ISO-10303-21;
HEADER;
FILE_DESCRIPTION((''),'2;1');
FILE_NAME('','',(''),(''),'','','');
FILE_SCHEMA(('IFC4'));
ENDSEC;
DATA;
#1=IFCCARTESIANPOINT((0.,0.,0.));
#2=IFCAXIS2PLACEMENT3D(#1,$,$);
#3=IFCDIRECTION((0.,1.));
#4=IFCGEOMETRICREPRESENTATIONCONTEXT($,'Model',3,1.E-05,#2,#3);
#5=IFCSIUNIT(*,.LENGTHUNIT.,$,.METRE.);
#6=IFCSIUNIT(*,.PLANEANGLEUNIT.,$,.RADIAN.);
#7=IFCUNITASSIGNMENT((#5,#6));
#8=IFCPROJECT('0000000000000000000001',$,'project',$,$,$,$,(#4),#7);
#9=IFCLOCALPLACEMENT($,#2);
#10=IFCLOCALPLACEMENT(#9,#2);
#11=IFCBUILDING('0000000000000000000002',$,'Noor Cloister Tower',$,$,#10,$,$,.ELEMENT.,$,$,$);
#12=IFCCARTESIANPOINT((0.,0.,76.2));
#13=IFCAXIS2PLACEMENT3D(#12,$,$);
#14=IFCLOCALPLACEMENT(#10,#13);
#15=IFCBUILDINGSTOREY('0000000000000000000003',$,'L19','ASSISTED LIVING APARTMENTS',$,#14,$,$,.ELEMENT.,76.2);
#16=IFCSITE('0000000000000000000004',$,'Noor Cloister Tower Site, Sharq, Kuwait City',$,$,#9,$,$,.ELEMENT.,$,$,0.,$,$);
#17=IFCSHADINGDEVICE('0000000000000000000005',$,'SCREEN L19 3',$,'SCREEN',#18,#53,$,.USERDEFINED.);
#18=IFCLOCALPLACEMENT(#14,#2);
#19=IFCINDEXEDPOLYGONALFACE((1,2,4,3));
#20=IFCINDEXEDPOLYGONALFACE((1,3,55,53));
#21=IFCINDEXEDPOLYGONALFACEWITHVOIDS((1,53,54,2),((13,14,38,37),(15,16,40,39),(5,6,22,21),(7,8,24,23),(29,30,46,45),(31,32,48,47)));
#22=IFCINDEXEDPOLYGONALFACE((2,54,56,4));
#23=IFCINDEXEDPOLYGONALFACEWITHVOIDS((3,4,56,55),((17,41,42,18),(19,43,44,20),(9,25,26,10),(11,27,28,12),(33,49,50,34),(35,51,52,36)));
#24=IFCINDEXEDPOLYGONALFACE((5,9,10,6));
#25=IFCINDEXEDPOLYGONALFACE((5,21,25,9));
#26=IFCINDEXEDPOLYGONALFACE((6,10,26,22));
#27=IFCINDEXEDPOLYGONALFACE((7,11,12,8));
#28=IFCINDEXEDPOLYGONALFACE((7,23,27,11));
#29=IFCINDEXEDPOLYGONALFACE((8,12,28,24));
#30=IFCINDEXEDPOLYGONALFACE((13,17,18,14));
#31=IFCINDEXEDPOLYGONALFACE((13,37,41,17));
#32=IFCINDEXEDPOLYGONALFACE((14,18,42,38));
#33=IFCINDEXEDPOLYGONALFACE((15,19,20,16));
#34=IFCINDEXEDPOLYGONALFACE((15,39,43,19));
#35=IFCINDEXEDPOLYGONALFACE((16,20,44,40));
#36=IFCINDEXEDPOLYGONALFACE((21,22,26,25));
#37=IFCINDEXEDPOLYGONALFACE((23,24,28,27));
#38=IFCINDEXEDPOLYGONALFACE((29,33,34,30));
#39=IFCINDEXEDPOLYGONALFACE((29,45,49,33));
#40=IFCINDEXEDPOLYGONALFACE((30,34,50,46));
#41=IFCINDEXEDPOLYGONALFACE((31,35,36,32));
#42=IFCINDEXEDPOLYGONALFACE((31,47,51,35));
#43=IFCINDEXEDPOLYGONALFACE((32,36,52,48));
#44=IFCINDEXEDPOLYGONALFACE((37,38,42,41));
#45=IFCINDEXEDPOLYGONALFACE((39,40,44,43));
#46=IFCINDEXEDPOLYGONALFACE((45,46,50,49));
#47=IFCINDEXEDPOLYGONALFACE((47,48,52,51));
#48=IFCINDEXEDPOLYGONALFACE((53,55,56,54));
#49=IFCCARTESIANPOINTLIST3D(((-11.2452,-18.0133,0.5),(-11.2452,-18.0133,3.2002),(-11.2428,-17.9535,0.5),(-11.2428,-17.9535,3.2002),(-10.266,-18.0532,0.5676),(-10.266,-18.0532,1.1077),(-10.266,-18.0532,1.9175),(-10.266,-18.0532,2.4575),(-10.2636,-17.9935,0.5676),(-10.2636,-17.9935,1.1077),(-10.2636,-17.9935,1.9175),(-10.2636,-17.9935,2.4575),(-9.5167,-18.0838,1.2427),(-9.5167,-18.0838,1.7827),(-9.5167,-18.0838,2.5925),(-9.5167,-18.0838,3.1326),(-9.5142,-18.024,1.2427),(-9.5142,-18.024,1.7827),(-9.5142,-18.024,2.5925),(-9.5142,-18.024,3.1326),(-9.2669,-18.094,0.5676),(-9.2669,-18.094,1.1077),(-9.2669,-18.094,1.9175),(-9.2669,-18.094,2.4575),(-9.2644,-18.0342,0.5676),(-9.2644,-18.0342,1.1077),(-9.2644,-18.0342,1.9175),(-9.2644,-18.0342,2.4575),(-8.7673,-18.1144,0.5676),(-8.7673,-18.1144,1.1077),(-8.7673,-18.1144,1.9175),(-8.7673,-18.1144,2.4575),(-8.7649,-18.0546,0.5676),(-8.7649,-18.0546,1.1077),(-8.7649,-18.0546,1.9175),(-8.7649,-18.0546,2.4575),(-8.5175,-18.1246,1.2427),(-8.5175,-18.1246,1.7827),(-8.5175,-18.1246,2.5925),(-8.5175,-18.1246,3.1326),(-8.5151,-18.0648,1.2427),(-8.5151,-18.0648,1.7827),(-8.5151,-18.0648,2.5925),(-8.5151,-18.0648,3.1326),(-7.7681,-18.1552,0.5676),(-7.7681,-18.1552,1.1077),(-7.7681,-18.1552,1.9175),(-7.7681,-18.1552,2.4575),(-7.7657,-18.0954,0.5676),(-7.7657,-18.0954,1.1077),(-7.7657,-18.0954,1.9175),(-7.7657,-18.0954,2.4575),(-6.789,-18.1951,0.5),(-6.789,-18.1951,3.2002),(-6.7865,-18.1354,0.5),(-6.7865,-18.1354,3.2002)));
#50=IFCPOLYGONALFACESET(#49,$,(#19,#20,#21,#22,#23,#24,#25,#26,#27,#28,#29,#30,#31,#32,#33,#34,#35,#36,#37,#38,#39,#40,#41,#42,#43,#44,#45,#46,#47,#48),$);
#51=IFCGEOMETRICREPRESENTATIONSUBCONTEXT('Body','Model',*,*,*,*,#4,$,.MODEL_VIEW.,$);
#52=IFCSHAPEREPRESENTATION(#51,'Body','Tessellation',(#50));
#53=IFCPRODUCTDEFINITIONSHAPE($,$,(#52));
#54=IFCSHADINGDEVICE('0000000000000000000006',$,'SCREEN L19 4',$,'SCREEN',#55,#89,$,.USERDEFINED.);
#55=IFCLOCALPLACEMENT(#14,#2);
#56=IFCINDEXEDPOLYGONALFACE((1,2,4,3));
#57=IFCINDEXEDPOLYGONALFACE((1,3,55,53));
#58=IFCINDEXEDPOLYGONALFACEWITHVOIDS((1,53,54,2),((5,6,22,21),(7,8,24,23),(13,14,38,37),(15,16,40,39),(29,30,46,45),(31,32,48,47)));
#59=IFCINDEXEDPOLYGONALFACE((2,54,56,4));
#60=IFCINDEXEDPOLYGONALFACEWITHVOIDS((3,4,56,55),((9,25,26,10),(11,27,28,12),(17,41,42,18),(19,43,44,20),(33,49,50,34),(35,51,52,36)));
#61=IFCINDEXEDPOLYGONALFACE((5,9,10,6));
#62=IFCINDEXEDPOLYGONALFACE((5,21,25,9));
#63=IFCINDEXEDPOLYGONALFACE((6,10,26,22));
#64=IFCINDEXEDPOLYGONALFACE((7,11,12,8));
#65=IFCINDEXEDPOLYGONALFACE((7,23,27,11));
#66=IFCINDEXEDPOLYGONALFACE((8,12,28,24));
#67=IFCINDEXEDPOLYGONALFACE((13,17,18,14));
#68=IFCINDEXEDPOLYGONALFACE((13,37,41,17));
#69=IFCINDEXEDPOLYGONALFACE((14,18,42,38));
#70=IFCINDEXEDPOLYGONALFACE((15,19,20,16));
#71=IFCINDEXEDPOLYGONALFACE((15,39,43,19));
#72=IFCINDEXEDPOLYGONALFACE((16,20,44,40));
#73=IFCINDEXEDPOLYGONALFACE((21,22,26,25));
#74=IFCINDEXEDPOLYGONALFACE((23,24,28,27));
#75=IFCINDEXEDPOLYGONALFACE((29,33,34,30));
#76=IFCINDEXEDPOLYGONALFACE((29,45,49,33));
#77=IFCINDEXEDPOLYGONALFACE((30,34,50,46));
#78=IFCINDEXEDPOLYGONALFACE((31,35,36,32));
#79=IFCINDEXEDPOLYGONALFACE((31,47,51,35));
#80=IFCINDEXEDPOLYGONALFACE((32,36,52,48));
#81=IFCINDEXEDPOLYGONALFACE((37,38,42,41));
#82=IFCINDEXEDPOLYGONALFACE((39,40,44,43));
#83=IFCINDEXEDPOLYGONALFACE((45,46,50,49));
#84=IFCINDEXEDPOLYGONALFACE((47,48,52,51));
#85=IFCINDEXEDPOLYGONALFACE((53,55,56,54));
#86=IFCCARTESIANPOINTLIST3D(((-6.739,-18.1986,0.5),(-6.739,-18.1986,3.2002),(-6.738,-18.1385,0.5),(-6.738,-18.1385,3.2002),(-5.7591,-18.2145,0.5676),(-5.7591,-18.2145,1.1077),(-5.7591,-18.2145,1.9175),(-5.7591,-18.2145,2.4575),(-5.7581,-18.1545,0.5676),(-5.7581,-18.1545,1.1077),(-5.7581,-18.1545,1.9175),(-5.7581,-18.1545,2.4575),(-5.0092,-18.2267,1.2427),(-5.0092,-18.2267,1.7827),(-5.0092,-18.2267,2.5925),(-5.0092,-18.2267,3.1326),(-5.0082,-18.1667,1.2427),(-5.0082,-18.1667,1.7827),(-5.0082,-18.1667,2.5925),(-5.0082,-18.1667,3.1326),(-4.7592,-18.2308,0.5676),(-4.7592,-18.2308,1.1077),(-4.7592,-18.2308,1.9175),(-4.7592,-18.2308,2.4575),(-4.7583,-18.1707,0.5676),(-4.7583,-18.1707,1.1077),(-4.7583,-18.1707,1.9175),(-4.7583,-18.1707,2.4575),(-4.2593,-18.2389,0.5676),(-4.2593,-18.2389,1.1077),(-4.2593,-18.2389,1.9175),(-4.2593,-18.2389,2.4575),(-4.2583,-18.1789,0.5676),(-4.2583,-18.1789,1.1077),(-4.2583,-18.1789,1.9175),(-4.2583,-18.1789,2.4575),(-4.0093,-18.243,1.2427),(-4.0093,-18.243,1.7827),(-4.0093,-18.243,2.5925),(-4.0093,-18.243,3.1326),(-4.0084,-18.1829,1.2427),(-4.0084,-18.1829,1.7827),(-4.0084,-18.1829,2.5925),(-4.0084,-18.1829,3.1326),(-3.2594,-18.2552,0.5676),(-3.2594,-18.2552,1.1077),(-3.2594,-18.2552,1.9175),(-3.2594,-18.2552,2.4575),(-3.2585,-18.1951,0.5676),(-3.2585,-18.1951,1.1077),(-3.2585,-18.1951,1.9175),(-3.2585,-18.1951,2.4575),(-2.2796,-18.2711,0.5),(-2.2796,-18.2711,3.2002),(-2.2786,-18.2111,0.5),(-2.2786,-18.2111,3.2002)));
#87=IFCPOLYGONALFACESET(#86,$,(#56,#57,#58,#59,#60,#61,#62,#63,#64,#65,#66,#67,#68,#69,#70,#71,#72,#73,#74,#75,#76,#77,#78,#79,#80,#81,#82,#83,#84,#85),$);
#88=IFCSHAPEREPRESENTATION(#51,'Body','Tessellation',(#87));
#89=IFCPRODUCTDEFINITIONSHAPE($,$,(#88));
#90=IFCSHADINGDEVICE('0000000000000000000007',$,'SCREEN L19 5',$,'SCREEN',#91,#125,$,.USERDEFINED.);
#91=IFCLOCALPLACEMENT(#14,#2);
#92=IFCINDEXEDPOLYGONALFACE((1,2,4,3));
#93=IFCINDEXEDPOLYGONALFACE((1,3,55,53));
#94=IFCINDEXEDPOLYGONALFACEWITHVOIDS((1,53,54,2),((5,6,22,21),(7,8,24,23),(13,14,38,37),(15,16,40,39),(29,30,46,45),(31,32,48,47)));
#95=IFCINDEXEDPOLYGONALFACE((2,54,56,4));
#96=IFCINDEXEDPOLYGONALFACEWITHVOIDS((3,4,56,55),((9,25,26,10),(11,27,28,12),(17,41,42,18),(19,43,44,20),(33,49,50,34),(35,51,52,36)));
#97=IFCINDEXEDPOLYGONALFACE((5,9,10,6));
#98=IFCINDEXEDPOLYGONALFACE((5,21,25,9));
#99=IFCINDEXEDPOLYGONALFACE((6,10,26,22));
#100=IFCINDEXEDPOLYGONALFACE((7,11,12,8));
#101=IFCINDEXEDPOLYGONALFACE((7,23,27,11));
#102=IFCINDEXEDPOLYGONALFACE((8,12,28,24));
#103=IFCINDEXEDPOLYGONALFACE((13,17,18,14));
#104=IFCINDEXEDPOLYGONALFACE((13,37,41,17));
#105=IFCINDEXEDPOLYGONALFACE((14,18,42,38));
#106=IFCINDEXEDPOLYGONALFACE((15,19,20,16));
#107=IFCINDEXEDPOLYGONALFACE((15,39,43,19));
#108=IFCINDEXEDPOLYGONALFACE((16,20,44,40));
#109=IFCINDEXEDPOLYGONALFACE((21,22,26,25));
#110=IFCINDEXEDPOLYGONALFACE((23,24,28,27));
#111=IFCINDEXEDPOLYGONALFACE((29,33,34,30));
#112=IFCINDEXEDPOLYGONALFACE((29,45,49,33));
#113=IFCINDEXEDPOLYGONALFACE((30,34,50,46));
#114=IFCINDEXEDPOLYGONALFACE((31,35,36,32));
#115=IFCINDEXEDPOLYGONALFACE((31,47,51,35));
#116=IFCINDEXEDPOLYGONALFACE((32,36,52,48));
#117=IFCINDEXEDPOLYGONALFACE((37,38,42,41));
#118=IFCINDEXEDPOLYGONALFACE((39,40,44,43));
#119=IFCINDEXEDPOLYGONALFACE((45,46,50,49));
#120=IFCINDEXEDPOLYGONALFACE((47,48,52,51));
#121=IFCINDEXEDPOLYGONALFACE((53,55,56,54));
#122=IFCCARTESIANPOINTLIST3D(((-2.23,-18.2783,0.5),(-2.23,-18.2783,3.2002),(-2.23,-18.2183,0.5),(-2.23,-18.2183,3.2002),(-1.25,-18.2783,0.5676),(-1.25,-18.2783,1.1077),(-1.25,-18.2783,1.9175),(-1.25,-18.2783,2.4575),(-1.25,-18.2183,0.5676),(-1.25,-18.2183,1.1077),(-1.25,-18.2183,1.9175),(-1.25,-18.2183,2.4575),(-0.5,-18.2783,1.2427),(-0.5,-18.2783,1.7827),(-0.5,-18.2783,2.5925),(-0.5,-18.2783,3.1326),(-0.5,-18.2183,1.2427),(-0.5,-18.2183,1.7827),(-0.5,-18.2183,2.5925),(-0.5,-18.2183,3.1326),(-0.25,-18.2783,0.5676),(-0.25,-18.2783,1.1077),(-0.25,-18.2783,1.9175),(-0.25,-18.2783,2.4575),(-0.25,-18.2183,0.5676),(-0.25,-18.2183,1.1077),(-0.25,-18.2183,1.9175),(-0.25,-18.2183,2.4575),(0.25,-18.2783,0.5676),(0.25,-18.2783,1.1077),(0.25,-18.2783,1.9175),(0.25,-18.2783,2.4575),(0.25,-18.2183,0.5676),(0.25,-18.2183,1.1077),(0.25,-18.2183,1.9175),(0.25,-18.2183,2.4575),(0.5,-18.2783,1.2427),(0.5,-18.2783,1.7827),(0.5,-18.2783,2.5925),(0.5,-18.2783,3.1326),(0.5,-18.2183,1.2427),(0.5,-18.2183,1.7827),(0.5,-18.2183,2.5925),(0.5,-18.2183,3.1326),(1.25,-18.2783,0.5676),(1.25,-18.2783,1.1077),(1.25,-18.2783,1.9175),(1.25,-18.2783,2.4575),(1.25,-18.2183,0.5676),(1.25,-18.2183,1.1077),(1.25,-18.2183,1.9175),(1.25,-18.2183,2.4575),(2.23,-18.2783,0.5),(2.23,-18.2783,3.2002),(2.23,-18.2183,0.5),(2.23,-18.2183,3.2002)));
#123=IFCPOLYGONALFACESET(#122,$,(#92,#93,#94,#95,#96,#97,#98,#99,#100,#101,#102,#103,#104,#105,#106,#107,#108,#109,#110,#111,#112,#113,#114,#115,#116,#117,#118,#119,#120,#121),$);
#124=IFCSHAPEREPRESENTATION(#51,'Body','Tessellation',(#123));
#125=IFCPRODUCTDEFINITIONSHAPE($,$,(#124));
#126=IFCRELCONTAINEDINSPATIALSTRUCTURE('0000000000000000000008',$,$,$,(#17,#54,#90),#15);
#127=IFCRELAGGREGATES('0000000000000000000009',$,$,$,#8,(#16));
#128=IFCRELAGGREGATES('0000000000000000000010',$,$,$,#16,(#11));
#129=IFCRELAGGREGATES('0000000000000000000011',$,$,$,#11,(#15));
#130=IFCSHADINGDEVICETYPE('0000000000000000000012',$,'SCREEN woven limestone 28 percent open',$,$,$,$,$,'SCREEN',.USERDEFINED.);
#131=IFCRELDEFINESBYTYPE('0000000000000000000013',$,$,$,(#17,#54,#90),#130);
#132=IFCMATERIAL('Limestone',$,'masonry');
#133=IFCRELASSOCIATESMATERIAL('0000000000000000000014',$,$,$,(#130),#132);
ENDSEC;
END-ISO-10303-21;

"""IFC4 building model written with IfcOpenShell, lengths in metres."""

from ifc_helpers import new_model, si_unit, direction, frame, origin, place, context, subcontext, project, spatial, polyline, outline, extrude, material, material_profile, profile_set, type_object, element, save


model = new_model("IFC4")

# Units and contexts
model_context = context("Model", 3, precision=1e-05, world=origin(), true_north=direction((0.0, 1.0)))
body_context = subcontext(model_context, "Body", "Model", "MODEL_VIEW")
ifc_project = project(units=[si_unit("LENGTHUNIT", "METRE"), si_unit("PLANEANGLEUNIT", "RADIAN")], contexts=[model_context])

# Site, building, storey
site_placement = place(None, origin())
site = spatial("IfcSite", under=ifc_project, at=site_placement, Name="Noor Cloister Tower Site, Sharq, Kuwait City", CompositionType="ELEMENT", RefElevation=0.0)
building_placement = place(site_placement, origin())
building = spatial("IfcBuilding", under=site, at=building_placement, Name="Noor Cloister Tower", CompositionType="ELEMENT")
storey_placement = place(building_placement, frame((0.0, 0.0, 76.2)))
storey = spatial("IfcBuildingStorey", under=building, at=storey_placement, Name="L19", Description="ASSISTED LIVING APARTMENTS", CompositionType="ELEMENT", Elevation=76.2)

# Shading devices
ifc_material_1 = material(Name="Limestone", Category="masonry")
ifc_material_profile_1 = material_profile(ifc_material_1, outline(polyline([(-2.23, -1.3501), (2.23, -1.3501), (2.23, 1.3501), (-2.23, 1.3501), (-2.23, -1.3501)]), holes=[polyline([(-1.25, -1.2825), (-0.25, -1.2825), (-0.25, -0.7424), (-1.25, -0.7424), (-1.25, -1.2825)]), polyline([(0.25, -1.2825), (1.25, -1.2825), (1.25, -0.7424), (0.25, -0.7424), (0.25, -1.2825)]), polyline([(-0.5, -0.6074), (0.5, -0.6074), (0.5, -0.0674), (-0.5, -0.0674), (-0.5, -0.6074)]), polyline([(-1.25, 0.0674), (-0.25, 0.0674), (-0.25, 0.6074), (-1.25, 0.6074), (-1.25, 0.0674)]), polyline([(0.25, 0.0674), (1.25, 0.0674), (1.25, 0.6074), (0.25, 0.6074), (0.25, 0.0674)]), polyline([(-0.5, 0.7424), (0.5, 0.7424), (0.5, 1.2825), (-0.5, 1.2825), (-0.5, 0.7424)])]), Name="Woven screen 28 percent open")
ifc_profile_set_1 = profile_set([ifc_material_profile_1], Name="Limestone")
shading_device_type = type_object("IfcShadingDeviceType", Name="SCREEN woven limestone 28 percent open", ElementType="SCREEN", PredefinedType="USERDEFINED", material=ifc_profile_set_1)
shading_device_placement = place(storey_placement, frame((-9.0146, -18.0444, 1.8501), z_axis=(-0.040782, -0.999168, 0.0), x_axis=(0.999168, -0.040782, 0.0)))
element("IfcShadingDevice", 1, at=shading_device_placement, inside=storey, type_object=shading_device_type, Name="SCREEN L19 3", ObjectType="SCREEN", PredefinedType="USERDEFINED", context=body_context, shape_type="SweptSolid", body=[
    extrude(outline(polyline([(-2.23, -1.3501), (2.23, -1.3501), (2.23, 1.3501), (-2.23, 1.3501), (-2.23, -1.3501)]), holes=[polyline([(-1.25, -1.2825), (-0.25, -1.2825), (-0.25, -0.7424), (-1.25, -0.7424), (-1.25, -1.2825)]), polyline([(0.25, -1.2825), (1.25, -1.2825), (1.25, -0.7424), (0.25, -0.7424), (0.25, -1.2825)]), polyline([(-0.5, -0.6074), (0.5, -0.6074), (0.5, -0.0674), (-0.5, -0.0674), (-0.5, -0.6074)]), polyline([(-1.25, 0.0674), (-0.25, 0.0674), (-0.25, 0.6074), (-1.25, 0.6074), (-1.25, 0.0674)]), polyline([(0.25, 0.0674), (1.25, 0.0674), (1.25, 0.6074), (0.25, 0.6074), (0.25, 0.0674)]), polyline([(-0.5, 0.7424), (0.5, 0.7424), (0.5, 1.2825), (-0.5, 1.2825), (-0.5, 0.7424)])]), origin(), (0.0, 0.0, 1.0), 0.0598),
])
for number, where, z_axis, x_axis, name in (
    (2, (-4.5083, -18.1748, 1.8501), (-0.016258, -0.999868, 0.0), (0.999868, -0.016258, 0.0), "SCREEN L19 4"),
    (3, (0.0, -18.2183, 1.8501), (0.0, -1.0, 0.0), (1.0, 0.0, 0.0), "SCREEN L19 5"),
):
    element("IfcShadingDevice", number, at=place(storey_placement, frame(where, z_axis=z_axis, x_axis=x_axis)), inside=storey, type_object=shading_device_type, Name=name, ObjectType="SCREEN", PredefinedType="USERDEFINED", context=body_context, shape_type="SweptSolid", body=[
        extrude(outline(polyline([(-2.23, -1.3501), (2.23, -1.3501), (2.23, 1.3501), (-2.23, 1.3501), (-2.23, -1.3501)]), holes=[polyline([(-1.25, -1.2825), (-0.25, -1.2825), (-0.25, -0.7424), (-1.25, -0.7424), (-1.25, -1.2825)]), polyline([(0.25, -1.2825), (1.25, -1.2825), (1.25, -0.7424), (0.25, -0.7424), (0.25, -1.2825)]), polyline([(-0.5, -0.6074), (0.5, -0.6074), (0.5, -0.0674), (-0.5, -0.0674), (-0.5, -0.6074)]), polyline([(-1.25, 0.0674), (-0.25, 0.0674), (-0.25, 0.6074), (-1.25, 0.6074), (-1.25, 0.0674)]), polyline([(0.25, 0.0674), (1.25, 0.0674), (1.25, 0.6074), (0.25, 0.6074), (0.25, 0.0674)]), polyline([(-0.5, 0.7424), (0.5, 0.7424), (0.5, 1.2825), (-0.5, 1.2825), (-0.5, 0.7424)])]), origin(), (0.0, 0.0, 1.0), 0.0601),
    ])

save(model, "model.ifc")
